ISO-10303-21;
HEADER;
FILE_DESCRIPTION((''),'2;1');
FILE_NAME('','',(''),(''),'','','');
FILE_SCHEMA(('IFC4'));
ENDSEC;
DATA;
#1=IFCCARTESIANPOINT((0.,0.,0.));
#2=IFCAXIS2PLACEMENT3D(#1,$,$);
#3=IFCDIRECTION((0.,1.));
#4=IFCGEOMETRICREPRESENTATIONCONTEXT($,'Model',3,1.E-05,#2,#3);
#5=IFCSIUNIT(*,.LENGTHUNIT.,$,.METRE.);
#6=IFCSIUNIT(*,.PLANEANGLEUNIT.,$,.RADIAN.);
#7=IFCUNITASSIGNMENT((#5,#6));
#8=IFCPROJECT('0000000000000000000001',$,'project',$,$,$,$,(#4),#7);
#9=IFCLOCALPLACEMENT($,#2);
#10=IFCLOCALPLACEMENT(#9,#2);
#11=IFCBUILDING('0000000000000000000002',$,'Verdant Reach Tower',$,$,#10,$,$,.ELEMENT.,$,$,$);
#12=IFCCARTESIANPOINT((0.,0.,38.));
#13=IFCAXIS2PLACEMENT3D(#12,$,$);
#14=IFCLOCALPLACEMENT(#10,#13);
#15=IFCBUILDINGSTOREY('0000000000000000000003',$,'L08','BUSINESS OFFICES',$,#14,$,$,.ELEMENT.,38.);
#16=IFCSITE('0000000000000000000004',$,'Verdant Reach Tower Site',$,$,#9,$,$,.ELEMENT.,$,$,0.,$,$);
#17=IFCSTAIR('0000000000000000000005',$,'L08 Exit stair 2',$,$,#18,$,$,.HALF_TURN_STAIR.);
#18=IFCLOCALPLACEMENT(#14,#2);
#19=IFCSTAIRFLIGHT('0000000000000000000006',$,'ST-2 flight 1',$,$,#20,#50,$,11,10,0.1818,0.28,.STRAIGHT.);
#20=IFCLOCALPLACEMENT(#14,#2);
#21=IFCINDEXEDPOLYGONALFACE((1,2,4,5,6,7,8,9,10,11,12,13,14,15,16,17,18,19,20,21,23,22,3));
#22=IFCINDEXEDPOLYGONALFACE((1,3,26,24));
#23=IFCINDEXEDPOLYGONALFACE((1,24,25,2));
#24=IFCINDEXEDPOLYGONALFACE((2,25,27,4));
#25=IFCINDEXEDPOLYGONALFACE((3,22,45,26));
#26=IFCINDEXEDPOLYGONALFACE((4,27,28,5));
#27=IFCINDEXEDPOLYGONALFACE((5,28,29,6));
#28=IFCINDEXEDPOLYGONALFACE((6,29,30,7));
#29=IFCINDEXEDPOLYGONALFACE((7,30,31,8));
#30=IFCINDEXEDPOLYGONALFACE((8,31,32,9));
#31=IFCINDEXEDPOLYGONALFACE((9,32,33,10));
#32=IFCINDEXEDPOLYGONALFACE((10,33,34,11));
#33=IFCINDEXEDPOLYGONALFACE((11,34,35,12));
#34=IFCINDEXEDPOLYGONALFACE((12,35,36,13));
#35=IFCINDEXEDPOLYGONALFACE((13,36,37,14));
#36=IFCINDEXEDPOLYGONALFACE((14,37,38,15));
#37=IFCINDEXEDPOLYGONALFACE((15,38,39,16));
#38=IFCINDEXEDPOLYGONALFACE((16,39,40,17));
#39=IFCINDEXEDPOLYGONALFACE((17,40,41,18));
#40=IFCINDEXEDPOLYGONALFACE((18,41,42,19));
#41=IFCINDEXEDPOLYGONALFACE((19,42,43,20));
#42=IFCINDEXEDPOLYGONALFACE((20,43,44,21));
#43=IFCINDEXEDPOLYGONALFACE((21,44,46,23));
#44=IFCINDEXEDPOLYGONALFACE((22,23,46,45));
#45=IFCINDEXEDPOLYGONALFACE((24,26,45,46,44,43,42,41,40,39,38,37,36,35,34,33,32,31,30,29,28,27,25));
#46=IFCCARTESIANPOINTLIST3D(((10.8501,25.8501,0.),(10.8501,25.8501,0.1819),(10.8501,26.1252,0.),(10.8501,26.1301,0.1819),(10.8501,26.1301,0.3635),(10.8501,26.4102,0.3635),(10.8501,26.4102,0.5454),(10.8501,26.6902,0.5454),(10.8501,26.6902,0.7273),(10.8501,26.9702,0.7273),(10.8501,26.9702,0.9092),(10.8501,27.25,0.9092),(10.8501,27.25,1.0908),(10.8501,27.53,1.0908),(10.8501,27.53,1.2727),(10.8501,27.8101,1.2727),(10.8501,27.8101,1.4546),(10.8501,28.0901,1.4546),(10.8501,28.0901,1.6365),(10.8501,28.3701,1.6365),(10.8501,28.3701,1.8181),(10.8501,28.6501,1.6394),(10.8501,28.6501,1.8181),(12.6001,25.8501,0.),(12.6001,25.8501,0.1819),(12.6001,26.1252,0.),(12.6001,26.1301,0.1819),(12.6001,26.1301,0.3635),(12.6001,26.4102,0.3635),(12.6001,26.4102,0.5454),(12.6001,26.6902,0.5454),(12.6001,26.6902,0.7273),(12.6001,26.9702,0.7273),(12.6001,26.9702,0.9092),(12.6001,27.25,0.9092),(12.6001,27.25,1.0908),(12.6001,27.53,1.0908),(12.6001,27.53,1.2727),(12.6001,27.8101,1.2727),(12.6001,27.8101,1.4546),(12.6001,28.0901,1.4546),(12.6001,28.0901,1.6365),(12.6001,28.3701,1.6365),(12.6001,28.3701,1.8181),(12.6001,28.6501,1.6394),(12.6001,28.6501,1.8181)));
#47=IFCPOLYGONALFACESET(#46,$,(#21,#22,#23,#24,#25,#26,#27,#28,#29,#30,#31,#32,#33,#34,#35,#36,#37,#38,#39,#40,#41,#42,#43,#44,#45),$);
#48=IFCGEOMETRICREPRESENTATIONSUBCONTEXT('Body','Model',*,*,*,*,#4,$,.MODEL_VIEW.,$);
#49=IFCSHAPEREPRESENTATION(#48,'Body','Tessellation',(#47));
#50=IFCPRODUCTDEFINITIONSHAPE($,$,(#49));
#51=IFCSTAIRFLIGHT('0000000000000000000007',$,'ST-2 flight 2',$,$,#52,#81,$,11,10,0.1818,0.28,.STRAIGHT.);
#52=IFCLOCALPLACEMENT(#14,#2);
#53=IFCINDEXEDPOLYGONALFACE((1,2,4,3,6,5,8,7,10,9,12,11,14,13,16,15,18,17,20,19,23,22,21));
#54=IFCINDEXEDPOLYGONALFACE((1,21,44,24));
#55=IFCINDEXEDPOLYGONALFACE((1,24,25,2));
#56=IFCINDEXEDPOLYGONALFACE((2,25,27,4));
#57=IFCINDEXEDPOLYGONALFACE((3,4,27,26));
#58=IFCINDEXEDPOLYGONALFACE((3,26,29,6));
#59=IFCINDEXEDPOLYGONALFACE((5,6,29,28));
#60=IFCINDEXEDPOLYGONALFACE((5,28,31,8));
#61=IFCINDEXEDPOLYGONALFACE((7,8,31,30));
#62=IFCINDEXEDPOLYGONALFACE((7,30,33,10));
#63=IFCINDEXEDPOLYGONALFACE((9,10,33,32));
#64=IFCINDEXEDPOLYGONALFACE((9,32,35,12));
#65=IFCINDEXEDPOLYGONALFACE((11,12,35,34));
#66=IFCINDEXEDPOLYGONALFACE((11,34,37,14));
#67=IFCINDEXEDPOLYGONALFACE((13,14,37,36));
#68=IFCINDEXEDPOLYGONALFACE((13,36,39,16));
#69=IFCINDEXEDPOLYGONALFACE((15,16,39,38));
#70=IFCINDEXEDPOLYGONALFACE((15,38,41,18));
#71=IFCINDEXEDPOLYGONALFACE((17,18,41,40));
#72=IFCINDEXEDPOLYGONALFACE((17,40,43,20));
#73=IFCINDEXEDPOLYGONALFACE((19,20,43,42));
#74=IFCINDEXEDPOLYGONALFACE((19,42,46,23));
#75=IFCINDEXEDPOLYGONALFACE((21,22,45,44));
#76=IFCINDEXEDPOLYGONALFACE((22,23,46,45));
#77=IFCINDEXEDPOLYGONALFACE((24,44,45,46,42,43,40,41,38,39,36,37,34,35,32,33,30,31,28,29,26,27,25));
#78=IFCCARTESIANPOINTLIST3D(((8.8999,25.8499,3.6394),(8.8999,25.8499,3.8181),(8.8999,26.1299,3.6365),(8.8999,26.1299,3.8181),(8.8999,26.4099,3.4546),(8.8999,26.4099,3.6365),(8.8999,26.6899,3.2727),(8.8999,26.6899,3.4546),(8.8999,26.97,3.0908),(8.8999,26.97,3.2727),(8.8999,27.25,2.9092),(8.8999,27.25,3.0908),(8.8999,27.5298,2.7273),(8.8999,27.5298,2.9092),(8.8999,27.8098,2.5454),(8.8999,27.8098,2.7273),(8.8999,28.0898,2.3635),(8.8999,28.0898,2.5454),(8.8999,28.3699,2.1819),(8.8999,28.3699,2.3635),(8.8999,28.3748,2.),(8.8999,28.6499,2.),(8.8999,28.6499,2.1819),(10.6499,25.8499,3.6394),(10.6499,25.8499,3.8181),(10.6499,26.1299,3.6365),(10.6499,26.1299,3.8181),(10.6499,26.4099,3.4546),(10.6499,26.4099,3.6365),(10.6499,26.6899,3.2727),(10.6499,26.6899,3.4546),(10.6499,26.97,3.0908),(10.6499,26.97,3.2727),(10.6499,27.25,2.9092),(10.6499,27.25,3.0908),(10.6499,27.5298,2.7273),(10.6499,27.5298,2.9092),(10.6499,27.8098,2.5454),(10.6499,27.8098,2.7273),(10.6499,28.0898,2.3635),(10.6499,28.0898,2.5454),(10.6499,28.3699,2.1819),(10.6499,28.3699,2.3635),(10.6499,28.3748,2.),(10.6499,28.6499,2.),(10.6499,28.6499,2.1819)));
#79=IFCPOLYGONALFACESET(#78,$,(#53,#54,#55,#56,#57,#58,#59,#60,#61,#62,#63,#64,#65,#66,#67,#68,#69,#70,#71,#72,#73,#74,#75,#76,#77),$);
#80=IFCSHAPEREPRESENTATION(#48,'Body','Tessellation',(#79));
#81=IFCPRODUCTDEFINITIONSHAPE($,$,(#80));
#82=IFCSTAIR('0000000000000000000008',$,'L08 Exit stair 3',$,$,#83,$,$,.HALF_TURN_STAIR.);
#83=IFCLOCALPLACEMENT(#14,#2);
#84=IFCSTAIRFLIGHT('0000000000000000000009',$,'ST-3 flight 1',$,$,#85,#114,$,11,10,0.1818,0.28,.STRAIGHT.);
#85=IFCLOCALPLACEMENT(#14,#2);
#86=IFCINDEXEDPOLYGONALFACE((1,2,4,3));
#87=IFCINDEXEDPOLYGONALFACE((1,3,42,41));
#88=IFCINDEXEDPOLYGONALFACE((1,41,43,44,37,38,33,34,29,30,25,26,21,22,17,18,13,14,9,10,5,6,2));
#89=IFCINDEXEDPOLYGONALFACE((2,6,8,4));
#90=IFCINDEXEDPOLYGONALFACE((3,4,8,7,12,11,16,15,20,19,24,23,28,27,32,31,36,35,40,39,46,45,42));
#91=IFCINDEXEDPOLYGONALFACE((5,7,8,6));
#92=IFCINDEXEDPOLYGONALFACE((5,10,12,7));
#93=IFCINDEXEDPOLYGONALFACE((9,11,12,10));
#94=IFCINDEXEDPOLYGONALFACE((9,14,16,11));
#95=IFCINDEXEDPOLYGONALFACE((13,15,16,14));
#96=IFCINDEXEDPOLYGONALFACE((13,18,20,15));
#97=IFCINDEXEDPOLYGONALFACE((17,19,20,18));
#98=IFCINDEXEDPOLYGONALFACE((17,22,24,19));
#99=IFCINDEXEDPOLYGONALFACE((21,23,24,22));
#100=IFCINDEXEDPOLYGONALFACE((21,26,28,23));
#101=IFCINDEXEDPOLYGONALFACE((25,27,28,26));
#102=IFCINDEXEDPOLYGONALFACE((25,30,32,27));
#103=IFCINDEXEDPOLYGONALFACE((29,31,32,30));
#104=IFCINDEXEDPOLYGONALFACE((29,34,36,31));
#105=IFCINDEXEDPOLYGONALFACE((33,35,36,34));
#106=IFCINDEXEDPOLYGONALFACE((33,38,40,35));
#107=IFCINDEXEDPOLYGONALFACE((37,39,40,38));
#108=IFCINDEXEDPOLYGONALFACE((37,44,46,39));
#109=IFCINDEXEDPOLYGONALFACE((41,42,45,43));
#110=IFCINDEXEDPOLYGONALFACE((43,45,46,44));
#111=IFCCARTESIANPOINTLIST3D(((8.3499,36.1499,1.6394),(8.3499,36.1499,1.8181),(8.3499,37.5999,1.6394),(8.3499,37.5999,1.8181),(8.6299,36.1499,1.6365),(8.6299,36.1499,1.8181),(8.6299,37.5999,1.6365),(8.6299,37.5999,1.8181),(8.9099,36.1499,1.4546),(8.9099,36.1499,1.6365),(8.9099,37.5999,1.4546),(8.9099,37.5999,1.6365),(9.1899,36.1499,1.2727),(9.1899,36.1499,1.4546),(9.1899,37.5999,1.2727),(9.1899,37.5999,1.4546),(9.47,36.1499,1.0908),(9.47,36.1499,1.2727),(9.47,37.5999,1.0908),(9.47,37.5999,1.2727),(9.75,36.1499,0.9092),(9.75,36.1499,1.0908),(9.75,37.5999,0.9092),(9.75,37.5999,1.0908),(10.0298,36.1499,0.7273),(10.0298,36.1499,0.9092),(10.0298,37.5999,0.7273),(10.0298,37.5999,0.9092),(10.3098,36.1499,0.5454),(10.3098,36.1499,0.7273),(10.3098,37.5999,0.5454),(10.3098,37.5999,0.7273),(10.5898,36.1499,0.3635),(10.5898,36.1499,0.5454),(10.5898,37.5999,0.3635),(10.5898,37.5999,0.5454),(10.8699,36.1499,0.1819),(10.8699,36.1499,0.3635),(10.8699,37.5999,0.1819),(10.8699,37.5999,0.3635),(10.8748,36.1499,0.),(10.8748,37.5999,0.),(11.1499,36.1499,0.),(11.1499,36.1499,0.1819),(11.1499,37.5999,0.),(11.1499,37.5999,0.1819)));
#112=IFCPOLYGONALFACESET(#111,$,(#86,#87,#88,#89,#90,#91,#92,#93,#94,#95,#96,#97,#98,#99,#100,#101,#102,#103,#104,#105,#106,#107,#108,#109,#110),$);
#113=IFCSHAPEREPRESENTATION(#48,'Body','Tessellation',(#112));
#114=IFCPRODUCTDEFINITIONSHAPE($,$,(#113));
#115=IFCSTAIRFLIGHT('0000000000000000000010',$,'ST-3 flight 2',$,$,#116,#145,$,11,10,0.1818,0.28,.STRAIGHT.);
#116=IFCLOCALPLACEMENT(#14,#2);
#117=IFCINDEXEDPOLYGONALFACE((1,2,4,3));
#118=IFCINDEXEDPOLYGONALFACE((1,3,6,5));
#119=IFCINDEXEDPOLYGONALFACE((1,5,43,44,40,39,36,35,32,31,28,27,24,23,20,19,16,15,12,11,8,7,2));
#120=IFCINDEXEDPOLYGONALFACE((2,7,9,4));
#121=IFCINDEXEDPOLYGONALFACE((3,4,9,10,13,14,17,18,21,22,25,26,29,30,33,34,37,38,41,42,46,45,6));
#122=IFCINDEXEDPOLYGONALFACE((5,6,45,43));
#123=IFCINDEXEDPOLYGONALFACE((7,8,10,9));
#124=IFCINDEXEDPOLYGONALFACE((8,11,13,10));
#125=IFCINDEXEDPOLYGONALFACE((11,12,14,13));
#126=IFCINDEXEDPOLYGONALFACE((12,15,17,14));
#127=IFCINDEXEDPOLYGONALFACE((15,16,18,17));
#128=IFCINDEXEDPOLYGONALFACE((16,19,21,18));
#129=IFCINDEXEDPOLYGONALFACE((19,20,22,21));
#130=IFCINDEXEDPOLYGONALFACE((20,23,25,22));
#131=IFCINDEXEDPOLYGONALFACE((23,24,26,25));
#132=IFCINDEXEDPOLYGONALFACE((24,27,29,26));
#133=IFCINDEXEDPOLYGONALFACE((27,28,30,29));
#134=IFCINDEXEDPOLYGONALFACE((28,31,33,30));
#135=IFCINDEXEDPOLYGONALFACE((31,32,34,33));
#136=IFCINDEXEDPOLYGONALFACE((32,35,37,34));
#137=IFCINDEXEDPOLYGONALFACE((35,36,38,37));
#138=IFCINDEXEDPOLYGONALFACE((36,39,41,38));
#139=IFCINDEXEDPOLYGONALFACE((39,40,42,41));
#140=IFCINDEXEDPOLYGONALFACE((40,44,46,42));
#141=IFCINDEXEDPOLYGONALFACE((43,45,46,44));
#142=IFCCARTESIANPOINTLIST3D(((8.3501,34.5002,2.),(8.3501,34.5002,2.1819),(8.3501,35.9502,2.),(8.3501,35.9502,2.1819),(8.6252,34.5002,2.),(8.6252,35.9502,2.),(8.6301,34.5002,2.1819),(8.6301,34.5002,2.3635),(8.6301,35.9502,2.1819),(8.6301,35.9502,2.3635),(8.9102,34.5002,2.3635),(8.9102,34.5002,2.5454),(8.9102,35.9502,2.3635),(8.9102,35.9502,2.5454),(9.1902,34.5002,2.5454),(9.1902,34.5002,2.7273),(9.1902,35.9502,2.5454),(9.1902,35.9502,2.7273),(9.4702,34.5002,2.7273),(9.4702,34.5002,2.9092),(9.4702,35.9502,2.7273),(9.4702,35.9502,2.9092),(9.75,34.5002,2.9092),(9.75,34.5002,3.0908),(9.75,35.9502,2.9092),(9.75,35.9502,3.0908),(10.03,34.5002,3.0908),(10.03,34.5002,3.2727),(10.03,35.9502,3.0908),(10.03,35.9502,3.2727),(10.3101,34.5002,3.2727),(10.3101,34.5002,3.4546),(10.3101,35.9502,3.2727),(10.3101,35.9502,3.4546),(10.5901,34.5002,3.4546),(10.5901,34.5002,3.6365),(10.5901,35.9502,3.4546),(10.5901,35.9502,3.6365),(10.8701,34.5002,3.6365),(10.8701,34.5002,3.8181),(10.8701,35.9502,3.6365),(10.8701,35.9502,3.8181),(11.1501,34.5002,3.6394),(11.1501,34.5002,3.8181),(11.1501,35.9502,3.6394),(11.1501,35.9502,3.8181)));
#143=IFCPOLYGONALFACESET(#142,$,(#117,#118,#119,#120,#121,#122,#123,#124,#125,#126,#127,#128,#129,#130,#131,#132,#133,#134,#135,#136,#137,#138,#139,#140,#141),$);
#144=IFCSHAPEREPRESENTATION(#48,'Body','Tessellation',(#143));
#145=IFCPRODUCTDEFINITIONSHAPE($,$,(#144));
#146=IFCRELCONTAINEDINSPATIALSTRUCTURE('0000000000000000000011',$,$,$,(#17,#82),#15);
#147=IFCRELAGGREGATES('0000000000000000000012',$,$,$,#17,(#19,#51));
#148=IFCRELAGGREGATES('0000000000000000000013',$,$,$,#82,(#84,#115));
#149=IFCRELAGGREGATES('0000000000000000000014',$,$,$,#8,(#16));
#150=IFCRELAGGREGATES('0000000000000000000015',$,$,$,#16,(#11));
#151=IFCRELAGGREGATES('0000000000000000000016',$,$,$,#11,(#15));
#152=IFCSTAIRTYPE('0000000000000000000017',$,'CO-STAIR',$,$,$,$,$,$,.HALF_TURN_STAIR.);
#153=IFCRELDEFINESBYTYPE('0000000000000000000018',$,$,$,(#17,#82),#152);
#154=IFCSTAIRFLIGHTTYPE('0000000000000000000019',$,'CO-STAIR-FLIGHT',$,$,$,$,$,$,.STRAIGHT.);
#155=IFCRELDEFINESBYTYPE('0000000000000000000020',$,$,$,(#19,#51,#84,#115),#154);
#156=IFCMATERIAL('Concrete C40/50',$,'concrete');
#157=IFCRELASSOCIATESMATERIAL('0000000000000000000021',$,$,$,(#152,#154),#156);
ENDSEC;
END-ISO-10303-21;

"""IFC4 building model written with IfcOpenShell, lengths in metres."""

from ifc_helpers import new_model, si_unit, direction, frame, origin, place, context, subcontext, project, spatial, polyline, outline, extrude, material, type_object, element, aggregate, save


model = new_model("IFC4")

# Units and contexts
model_context = context("Model", 3, precision=1e-05, world=origin(), true_north=direction((0.0, 1.0)))
body_context = subcontext(model_context, "Body", "Model", "MODEL_VIEW")
ifc_project = project(units=[si_unit("LENGTHUNIT", "METRE"), si_unit("PLANEANGLEUNIT", "RADIAN")], contexts=[model_context])

# Site, building, storey
site_placement = place(None, origin())
site = spatial("IfcSite", under=ifc_project, at=site_placement, Name="Verdant Reach Tower Site", CompositionType="ELEMENT", RefElevation=0.0)
building_placement = place(site_placement, origin())
building = spatial("IfcBuilding", under=site, at=building_placement, Name="Verdant Reach Tower", CompositionType="ELEMENT")
storey_placement = place(building_placement, frame((0.0, 0.0, 38.0)))
storey = spatial("IfcBuildingStorey", under=building, at=storey_placement, Name="L08", Description="BUSINESS OFFICES", CompositionType="ELEMENT", Elevation=38.0)

# Shared definitions
ifc_material_1 = material(Name="Concrete C40/50", Category="concrete")

# Stairs, stair flights
stair_type = type_object("IfcStairType", Name="CO-STAIR", PredefinedType="HALF_TURN_STAIR", material=ifc_material_1)
stair_1_placement = place(storey_placement, origin())
stair_1 = element("IfcStair", 1, at=stair_1_placement, inside=storey, type_object=stair_type, Name="L08 Exit stair 2", PredefinedType="HALF_TURN_STAIR")
stair_flight_type = type_object("IfcStairFlightType", Name="CO-STAIR-FLIGHT", PredefinedType="STRAIGHT", material=ifc_material_1)
stair_flight_1_placement = place(storey_placement, frame((11.7251, 25.8501, 0.0), z_axis=(0.0, 0.0, 1.0), x_axis=(0.0, 1.0, 0.0)))
stair_flight_1 = element("IfcStairFlight", 2, at=stair_flight_1_placement, type_object=stair_flight_type, Name="ST-2 flight 1", NumberOfRisers=11, NumberOfTreads=10, PredefinedType="STRAIGHT", RiserHeight=0.1818, TreadLength=0.28, context=body_context, shape_type="SweptSolid", body=[
    extrude(outline(polyline([(0.0, 0.0), (0.0, 0.1819), (0.28, 0.1819), (0.28, 0.3635), (0.5601, 0.3635), (0.5601, 0.5454), (0.8401, 0.5454), (0.8401, 0.7273), (1.1201, 0.7273), (1.1201, 0.9092), (1.3999, 0.9092), (1.3999, 1.0908), (1.6799, 1.0908), (1.6799, 1.2727), (1.96, 1.2727), (1.96, 1.4546), (2.24, 1.4546), (2.24, 1.6365), (2.52, 1.6365), (2.52, 1.8181), (2.8, 1.8181), (2.8, 2.0), (2.8, 1.6394), (0.2751, 0.0), (0.0, 0.0)])), frame((0.0, 0.875, 0.0), z_axis=(0.0, -1.0, 0.0), x_axis=(1.0, 0.0, 0.0)), (0.0, 0.0, 1.0), 1.75),
])
stair_flight_2_placement = place(storey_placement, frame((9.7749, 28.6499, 2.0), z_axis=(0.0, 0.0, 1.0), x_axis=(0.0, -1.0, 0.0)))
stair_flight_2 = element("IfcStairFlight", 3, at=stair_flight_2_placement, type_object=stair_flight_type, Name="ST-2 flight 2", NumberOfRisers=11, NumberOfTreads=10, PredefinedType="STRAIGHT", RiserHeight=0.1818, TreadLength=0.28, context=body_context, shape_type="SweptSolid", body=[
    extrude(outline(polyline([(0.0, 0.0), (0.0, 0.1819), (0.28, 0.1819), (0.28, 0.3635), (0.5601, 0.3635), (0.5601, 0.5454), (0.8401, 0.5454), (0.8401, 0.7273), (1.1201, 0.7273), (1.1201, 0.9092), (1.3999, 0.9092), (1.3999, 1.0908), (1.6799, 1.0908), (1.6799, 1.2727), (1.96, 1.2727), (1.96, 1.4546), (2.24, 1.4546), (2.24, 1.6365), (2.52, 1.6365), (2.52, 1.8181), (2.8, 1.8181), (2.8, 2.0), (2.8, 1.6394), (0.2751, 0.0), (0.0, 0.0)])), frame((0.0, 0.875, 0.0), z_axis=(0.0, -1.0, 0.0), x_axis=(1.0, 0.0, 0.0)), (0.0, 0.0, 1.0), 1.75),
])
aggregate(stair_1, [stair_flight_1, stair_flight_2])
stair_2_placement = place(storey_placement, origin())
stair_2 = element("IfcStair", 4, at=stair_2_placement, inside=storey, type_object=stair_type, Name="L08 Exit stair 3", PredefinedType="HALF_TURN_STAIR")
stair_flight_3_placement = place(storey_placement, frame((11.1499, 36.875, 0.0), z_axis=(0.0, 0.0, 1.0), x_axis=(-1.0, 0.0, 0.0)))
stair_flight_3 = element("IfcStairFlight", 5, at=stair_flight_3_placement, type_object=stair_flight_type, Name="ST-3 flight 1", NumberOfRisers=11, NumberOfTreads=10, PredefinedType="STRAIGHT", RiserHeight=0.1818, TreadLength=0.28, context=body_context, shape_type="SweptSolid", body=[
    extrude(outline(polyline([(0.0, 0.0), (0.0, 0.1819), (0.28, 0.1819), (0.28, 0.3635), (0.5601, 0.3635), (0.5601, 0.5454), (0.8401, 0.5454), (0.8401, 0.7273), (1.1201, 0.7273), (1.1201, 0.9092), (1.3999, 0.9092), (1.3999, 1.0908), (1.6799, 1.0908), (1.6799, 1.2727), (1.96, 1.2727), (1.96, 1.4546), (2.24, 1.4546), (2.24, 1.6365), (2.52, 1.6365), (2.52, 1.8181), (2.8, 1.8181), (2.8, 2.0), (2.8, 1.6394), (0.2751, 0.0), (0.0, 0.0)])), frame((0.0, 0.7251, 0.0), z_axis=(0.0, -1.0, 0.0), x_axis=(1.0, 0.0, 0.0)), (0.0, 0.0, 1.0), 1.45),
])
stair_flight_4_placement = place(storey_placement, frame((8.3501, 35.2251, 2.0), z_axis=(0.0, 0.0, 1.0), x_axis=(1.0, 0.0, 0.0)))
stair_flight_4 = element("IfcStairFlight", 6, at=stair_flight_4_placement, type_object=stair_flight_type, Name="ST-3 flight 2", NumberOfRisers=11, NumberOfTreads=10, PredefinedType="STRAIGHT", RiserHeight=0.1818, TreadLength=0.28, context=body_context, shape_type="SweptSolid", body=[
    extrude(outline(polyline([(0.0, 0.0), (0.0, 0.1819), (0.28, 0.1819), (0.28, 0.3635), (0.5601, 0.3635), (0.5601, 0.5454), (0.8401, 0.5454), (0.8401, 0.7273), (1.1201, 0.7273), (1.1201, 0.9092), (1.3999, 0.9092), (1.3999, 1.0908), (1.6799, 1.0908), (1.6799, 1.2727), (1.96, 1.2727), (1.96, 1.4546), (2.24, 1.4546), (2.24, 1.6365), (2.52, 1.6365), (2.52, 1.8181), (2.8, 1.8181), (2.8, 2.0), (2.8, 1.6394), (0.2751, 0.0), (0.0, 0.0)])), frame((0.0, 0.7251, 0.0), z_axis=(0.0, -1.0, 0.0), x_axis=(1.0, 0.0, 0.0)), (0.0, 0.0, 1.0), 1.45),
])
aggregate(stair_2, [stair_flight_3, stair_flight_4])

save(model, "model.ifc")
